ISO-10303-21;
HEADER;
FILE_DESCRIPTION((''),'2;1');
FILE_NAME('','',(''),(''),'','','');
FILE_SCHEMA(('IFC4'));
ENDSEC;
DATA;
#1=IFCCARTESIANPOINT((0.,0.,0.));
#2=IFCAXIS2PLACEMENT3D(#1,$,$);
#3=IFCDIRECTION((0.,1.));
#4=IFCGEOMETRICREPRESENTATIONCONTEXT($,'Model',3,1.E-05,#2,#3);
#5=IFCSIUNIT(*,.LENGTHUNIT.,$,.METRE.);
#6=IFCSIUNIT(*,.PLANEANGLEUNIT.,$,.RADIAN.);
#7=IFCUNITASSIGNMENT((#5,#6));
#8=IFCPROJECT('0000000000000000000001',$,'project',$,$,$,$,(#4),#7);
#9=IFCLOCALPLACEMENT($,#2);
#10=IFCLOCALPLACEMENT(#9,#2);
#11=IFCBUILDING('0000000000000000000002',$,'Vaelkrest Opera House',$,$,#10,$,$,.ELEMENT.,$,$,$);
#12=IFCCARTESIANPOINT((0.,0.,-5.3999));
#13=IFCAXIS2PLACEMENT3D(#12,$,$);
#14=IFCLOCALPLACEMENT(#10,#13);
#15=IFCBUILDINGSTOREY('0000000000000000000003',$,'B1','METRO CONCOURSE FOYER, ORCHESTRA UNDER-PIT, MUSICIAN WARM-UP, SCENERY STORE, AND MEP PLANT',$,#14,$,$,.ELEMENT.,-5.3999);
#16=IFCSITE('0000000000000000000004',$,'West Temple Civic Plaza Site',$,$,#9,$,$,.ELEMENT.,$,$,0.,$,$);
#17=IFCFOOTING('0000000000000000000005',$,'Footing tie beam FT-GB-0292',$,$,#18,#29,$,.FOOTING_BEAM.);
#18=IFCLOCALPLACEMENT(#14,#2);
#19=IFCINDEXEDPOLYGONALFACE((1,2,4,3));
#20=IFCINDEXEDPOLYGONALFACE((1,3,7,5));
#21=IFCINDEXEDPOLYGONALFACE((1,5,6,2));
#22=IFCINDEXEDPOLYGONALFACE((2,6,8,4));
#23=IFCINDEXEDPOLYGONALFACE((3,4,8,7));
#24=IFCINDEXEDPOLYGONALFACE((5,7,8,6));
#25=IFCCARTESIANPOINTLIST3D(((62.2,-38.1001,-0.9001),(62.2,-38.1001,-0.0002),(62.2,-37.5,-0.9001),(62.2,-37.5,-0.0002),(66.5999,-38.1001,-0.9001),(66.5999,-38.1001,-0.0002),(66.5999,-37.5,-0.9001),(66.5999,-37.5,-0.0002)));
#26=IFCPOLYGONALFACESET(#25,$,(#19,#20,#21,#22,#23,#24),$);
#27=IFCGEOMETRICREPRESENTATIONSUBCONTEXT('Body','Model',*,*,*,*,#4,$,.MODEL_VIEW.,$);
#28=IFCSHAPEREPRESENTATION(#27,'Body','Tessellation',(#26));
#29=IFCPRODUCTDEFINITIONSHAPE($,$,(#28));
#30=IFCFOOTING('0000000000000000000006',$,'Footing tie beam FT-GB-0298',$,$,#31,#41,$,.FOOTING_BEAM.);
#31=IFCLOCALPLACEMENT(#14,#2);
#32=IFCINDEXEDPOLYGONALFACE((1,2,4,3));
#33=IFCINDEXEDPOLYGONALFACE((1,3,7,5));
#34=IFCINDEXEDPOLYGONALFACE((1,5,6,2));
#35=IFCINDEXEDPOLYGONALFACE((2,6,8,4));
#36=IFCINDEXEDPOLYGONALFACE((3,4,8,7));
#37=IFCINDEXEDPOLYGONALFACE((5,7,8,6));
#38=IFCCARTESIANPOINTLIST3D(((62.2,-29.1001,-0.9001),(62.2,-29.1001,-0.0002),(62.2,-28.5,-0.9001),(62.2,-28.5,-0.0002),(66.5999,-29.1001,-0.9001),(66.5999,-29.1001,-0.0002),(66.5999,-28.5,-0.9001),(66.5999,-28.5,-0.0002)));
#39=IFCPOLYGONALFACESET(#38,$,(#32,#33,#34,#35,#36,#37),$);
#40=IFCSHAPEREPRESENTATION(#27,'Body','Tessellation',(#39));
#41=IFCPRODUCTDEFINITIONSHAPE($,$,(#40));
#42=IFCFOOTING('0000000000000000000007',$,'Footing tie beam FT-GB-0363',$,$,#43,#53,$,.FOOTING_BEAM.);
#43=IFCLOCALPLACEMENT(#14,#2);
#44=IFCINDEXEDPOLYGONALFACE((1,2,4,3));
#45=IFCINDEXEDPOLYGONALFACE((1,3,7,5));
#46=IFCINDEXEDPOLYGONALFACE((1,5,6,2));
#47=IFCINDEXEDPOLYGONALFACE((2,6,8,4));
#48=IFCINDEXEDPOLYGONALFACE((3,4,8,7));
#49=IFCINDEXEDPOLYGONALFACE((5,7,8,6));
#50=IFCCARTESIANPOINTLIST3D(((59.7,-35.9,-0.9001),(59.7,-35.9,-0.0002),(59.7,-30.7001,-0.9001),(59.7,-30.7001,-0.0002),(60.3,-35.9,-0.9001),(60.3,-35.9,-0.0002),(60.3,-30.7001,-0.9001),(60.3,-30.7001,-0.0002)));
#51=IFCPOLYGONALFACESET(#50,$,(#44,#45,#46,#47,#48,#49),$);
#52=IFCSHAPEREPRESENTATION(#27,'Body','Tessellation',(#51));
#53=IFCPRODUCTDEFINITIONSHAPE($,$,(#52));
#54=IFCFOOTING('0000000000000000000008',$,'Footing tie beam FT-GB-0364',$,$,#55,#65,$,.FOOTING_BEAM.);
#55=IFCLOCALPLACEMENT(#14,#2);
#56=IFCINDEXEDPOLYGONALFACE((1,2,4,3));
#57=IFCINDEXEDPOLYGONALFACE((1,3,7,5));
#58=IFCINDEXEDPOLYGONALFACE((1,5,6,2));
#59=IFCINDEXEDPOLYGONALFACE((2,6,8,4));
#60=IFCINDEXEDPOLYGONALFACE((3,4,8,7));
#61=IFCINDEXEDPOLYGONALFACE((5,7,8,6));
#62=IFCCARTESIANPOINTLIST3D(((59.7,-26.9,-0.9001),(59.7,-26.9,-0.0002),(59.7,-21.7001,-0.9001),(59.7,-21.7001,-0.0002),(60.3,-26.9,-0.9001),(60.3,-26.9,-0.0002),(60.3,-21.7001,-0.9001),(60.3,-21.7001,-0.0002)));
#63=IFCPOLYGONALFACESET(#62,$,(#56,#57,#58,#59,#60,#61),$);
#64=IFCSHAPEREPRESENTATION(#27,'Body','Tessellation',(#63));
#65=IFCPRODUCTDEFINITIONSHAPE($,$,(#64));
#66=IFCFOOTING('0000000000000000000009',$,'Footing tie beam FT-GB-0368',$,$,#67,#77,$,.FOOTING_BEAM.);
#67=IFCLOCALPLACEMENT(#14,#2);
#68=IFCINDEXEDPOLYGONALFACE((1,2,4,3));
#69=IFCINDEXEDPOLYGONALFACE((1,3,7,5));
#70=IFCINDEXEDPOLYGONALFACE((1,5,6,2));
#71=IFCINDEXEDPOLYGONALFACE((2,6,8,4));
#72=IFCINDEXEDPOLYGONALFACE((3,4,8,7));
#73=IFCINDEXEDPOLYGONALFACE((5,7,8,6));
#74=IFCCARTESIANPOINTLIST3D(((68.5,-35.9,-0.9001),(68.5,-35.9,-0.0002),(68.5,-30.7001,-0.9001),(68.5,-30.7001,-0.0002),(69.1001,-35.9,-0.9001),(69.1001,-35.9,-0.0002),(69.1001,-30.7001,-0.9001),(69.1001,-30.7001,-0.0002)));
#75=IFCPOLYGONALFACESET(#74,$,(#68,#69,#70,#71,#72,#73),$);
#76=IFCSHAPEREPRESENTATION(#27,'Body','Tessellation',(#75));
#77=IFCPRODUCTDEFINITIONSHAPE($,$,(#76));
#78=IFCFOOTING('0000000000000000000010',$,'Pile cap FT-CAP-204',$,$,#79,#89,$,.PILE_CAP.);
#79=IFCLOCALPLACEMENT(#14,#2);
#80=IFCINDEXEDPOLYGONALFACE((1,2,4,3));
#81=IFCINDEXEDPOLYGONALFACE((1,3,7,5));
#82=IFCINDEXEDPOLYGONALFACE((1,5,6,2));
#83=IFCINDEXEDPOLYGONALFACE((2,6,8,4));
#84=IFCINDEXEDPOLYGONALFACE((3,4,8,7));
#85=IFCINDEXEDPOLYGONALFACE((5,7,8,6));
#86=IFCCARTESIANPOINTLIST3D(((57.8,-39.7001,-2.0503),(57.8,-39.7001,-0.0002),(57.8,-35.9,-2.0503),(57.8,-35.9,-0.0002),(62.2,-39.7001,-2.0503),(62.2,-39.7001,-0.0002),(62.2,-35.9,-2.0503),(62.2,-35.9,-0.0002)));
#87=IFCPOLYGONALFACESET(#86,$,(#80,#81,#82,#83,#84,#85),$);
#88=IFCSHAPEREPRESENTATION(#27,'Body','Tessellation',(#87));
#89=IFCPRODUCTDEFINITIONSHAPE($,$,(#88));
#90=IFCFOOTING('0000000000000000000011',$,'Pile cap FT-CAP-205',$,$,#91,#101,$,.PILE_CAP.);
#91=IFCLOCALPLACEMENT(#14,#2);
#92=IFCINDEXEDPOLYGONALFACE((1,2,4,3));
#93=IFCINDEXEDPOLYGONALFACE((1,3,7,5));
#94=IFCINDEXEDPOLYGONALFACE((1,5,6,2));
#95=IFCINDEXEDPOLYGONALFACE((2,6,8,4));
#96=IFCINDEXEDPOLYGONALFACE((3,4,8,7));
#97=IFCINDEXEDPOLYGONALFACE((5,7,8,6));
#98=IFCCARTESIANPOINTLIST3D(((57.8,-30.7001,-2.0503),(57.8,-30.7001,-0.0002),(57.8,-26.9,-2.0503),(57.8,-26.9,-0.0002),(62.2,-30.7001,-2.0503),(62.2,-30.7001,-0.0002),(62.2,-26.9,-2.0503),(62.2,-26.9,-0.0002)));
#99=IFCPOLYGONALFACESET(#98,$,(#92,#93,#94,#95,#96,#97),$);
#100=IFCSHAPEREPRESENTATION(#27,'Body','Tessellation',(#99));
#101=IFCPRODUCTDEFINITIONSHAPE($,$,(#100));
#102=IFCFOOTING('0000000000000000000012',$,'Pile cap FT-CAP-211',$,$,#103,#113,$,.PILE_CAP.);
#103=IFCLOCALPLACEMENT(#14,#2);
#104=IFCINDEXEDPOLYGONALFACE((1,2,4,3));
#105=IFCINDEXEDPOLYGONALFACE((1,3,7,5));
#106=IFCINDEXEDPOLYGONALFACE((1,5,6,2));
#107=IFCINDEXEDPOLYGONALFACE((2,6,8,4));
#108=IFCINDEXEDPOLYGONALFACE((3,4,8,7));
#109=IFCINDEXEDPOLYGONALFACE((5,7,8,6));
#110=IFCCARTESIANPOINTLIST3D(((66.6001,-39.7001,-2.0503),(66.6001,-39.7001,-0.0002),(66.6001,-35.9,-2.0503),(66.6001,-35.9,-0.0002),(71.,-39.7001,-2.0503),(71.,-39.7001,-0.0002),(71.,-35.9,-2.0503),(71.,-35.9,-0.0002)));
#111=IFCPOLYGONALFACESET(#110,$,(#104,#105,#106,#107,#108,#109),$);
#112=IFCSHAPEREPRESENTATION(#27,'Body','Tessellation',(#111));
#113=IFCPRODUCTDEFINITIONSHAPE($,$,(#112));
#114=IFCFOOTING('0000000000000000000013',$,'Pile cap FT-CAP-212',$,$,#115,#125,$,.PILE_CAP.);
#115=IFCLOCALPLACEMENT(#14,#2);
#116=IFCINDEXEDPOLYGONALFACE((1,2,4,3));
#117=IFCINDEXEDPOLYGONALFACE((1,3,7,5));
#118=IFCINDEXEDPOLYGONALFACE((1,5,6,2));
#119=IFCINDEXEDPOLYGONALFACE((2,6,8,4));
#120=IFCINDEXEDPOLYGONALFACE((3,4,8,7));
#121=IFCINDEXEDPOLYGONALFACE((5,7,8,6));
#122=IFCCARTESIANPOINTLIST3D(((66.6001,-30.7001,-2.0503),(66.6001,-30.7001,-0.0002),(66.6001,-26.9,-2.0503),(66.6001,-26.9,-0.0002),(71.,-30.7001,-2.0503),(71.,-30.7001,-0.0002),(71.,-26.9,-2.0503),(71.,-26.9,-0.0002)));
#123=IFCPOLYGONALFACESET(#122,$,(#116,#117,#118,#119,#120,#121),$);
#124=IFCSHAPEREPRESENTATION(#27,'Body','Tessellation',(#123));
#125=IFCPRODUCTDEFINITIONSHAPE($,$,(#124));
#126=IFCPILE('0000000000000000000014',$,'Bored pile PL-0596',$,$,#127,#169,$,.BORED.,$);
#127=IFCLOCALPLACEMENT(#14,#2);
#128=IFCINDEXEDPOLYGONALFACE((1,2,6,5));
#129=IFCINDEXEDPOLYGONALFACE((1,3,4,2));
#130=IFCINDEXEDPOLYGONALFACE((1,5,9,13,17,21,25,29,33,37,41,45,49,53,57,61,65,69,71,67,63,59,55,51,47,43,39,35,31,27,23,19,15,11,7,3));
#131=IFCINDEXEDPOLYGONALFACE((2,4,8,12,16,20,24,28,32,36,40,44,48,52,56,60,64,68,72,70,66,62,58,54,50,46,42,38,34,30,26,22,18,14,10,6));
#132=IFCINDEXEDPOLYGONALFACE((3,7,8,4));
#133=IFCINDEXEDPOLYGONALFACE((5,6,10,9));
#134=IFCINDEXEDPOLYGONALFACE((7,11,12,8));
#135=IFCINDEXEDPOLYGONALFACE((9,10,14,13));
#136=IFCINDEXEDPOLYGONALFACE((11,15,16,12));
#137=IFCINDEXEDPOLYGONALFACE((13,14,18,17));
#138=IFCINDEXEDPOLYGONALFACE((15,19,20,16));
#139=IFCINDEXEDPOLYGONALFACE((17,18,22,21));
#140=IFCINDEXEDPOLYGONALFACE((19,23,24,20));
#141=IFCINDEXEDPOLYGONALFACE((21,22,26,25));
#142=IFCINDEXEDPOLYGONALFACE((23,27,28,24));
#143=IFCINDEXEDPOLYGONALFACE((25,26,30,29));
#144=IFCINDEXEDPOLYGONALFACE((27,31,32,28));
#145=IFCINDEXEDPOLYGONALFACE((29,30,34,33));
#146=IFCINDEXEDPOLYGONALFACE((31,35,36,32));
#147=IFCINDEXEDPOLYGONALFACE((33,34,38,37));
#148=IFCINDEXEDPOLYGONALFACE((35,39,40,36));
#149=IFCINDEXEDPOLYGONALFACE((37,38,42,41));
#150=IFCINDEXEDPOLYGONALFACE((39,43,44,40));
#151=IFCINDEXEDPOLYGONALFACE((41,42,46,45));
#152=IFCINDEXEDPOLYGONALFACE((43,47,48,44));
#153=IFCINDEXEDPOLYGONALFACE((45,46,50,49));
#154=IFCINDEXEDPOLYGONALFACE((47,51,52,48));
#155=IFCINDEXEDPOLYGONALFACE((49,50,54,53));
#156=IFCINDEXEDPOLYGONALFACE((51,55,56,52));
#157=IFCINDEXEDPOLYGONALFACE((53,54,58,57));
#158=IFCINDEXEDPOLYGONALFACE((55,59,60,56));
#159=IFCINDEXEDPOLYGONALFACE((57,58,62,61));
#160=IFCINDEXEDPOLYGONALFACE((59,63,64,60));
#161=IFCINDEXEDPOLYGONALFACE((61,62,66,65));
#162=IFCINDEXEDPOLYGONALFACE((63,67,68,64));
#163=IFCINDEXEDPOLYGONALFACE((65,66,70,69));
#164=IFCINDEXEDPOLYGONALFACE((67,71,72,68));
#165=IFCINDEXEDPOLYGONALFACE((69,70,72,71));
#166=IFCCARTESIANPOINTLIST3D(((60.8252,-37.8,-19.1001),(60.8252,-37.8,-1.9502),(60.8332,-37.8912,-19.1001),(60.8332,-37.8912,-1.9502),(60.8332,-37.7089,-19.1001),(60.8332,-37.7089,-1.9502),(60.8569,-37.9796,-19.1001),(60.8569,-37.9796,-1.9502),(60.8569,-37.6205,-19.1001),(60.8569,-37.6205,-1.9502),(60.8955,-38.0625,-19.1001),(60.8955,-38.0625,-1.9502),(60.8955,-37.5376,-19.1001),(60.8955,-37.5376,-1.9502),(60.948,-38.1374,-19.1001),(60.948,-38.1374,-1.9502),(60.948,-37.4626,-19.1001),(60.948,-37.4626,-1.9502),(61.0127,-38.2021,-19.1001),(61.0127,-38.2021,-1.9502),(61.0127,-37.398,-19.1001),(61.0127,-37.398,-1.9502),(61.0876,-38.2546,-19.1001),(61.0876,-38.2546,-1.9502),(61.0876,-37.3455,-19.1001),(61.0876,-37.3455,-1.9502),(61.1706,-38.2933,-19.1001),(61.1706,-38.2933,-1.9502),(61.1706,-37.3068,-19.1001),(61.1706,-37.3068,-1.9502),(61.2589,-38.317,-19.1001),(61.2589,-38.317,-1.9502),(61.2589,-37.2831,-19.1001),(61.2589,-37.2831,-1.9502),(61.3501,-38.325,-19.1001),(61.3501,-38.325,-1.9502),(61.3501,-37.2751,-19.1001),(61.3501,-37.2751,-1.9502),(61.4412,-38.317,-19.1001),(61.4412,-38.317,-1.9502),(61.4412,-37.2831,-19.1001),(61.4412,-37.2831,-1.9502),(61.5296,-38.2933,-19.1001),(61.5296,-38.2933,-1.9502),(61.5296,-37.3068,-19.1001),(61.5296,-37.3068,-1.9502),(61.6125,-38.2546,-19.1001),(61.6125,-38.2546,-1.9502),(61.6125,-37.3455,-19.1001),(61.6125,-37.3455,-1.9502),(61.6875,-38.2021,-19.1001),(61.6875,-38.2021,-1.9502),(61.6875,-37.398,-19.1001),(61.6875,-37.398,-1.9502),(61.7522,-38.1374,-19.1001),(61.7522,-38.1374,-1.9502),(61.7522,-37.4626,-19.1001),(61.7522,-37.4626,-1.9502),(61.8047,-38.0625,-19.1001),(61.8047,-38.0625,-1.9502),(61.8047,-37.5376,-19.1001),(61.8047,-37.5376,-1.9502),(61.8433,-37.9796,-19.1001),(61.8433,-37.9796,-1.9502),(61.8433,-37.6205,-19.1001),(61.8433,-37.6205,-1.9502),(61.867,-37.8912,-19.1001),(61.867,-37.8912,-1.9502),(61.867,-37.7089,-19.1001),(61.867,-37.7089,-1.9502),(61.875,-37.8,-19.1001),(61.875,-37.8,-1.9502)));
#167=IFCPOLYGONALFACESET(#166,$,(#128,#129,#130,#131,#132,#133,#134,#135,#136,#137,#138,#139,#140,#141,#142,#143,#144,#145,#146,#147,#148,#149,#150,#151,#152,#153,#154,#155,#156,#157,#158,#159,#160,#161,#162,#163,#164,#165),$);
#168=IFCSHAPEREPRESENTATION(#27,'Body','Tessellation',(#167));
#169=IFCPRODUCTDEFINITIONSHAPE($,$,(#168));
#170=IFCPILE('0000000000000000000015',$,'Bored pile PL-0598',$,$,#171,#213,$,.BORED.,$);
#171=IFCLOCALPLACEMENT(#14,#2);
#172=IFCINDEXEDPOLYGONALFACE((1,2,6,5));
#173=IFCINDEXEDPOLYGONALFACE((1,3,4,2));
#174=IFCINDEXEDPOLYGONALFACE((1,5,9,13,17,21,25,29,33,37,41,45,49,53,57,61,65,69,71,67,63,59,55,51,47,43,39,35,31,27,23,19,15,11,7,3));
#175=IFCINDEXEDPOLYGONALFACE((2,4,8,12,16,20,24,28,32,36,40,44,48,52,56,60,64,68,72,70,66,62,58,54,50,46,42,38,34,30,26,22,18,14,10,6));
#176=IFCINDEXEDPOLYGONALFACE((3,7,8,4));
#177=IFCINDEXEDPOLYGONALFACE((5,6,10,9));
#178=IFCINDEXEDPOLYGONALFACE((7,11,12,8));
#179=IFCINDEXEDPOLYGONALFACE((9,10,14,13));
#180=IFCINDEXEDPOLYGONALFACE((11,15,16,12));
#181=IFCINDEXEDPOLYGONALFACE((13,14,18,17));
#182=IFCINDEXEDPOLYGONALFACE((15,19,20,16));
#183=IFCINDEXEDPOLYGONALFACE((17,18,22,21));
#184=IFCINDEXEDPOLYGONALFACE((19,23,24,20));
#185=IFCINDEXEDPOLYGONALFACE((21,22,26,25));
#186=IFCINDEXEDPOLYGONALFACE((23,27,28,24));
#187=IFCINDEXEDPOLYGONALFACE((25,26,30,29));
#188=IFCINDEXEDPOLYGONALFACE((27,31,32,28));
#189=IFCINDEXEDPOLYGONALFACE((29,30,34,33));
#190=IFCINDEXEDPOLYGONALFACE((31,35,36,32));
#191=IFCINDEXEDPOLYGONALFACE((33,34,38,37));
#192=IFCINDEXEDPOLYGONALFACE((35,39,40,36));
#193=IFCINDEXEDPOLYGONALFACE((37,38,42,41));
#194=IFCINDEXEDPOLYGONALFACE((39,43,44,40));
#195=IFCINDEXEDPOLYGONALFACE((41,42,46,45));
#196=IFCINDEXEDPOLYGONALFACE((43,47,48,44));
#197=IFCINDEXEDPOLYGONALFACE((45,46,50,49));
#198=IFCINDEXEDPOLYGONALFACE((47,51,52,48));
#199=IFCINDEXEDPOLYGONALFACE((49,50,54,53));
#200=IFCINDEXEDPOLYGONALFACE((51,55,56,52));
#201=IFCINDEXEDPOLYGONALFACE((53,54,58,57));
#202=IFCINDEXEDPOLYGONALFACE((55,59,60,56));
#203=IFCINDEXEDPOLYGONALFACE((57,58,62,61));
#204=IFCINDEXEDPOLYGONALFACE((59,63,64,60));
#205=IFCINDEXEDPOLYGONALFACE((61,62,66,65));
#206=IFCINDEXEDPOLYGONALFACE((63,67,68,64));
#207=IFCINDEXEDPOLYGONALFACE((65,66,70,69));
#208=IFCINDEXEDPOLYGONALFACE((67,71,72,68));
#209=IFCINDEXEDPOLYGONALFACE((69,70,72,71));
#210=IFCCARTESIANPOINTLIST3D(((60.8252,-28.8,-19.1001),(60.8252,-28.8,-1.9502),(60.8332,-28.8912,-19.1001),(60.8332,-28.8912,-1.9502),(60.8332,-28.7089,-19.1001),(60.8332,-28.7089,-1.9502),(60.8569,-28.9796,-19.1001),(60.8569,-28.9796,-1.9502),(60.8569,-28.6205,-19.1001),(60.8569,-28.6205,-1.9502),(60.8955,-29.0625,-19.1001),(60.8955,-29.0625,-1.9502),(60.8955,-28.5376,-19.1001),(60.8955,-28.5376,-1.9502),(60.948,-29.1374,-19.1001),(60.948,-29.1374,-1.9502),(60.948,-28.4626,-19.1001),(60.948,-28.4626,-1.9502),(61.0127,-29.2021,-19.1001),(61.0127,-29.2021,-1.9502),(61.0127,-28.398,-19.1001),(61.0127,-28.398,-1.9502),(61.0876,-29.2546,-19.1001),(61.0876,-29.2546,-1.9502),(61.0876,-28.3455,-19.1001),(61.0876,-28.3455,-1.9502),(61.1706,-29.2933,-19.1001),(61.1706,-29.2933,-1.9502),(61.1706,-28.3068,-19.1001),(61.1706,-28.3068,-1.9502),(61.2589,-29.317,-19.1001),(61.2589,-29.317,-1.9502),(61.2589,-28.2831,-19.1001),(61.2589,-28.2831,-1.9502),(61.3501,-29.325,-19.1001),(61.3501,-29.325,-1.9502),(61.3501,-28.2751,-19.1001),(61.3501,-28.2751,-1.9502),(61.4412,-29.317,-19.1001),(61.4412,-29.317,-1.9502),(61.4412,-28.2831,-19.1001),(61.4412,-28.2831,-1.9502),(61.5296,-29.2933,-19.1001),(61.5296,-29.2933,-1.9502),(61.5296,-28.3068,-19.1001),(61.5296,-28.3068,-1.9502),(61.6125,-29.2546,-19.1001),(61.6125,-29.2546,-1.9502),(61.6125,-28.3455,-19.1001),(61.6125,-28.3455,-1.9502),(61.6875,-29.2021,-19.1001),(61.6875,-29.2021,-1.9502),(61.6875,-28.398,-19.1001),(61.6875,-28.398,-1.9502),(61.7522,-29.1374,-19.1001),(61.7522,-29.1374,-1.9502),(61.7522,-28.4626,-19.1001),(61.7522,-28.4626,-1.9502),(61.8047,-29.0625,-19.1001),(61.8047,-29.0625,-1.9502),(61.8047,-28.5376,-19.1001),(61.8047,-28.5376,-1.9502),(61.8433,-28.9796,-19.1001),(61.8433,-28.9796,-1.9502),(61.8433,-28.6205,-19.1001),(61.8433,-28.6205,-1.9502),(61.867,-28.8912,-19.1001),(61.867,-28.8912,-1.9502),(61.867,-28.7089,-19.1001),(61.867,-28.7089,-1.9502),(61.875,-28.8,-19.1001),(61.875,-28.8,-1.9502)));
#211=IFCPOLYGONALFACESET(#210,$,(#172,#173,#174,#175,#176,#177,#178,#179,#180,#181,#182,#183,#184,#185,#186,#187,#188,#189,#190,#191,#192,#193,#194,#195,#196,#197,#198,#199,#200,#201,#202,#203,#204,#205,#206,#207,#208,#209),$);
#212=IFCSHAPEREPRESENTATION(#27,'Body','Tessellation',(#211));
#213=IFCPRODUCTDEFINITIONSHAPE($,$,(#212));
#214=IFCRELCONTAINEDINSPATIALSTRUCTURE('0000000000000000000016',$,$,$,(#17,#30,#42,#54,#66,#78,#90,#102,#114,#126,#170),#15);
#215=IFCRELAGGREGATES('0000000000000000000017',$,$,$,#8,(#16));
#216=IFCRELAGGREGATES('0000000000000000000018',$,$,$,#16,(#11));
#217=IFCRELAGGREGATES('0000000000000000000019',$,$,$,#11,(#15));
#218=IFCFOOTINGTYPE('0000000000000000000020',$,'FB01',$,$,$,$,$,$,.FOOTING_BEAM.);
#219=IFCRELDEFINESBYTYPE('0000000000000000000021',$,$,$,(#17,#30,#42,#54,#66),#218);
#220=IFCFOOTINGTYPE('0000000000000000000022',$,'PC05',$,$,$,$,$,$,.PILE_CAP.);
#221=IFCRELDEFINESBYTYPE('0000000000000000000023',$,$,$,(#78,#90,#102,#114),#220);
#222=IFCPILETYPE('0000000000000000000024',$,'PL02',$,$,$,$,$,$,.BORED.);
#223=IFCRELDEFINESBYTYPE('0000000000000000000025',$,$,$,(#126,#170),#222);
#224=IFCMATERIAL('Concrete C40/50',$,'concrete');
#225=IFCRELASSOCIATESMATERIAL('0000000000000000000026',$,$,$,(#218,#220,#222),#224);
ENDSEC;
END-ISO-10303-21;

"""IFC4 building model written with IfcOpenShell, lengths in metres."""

from ifc_helpers import new_model, si_unit, direction, frame, origin, origin_2d, place, context, subcontext, project, spatial, rectangle, circle, extrude, material, material_profile, profile_set, type_object, element, save


model = new_model("IFC4")

# Units and contexts
model_context = context("Model", 3, precision=1e-05, world=origin(), true_north=direction((0.0, 1.0)))
body_context = subcontext(model_context, "Body", "Model", "MODEL_VIEW")
ifc_project = project(units=[si_unit("LENGTHUNIT", "METRE"), si_unit("PLANEANGLEUNIT", "RADIAN")], contexts=[model_context])

# Site, building, storey
site_placement = place(None, origin())
site = spatial("IfcSite", under=ifc_project, at=site_placement, Name="West Temple Civic Plaza Site", CompositionType="ELEMENT", RefElevation=0.0)
building_placement = place(site_placement, origin())
building = spatial("IfcBuilding", under=site, at=building_placement, Name="Vaelkrest Opera House", CompositionType="ELEMENT")
storey_placement = place(building_placement, frame((0.0, 0.0, -5.3999)))
storey = spatial("IfcBuildingStorey", under=building, at=storey_placement, Name="B1", Description="METRO CONCOURSE FOYER, ORCHESTRA UNDER-PIT, MUSICIAN WARM-UP, SCENERY STORE, AND MEP PLANT", CompositionType="ELEMENT", Elevation=-5.3999)

# Footings
ifc_material_1 = material(Name="Concrete C40/50", Category="concrete")
footing_type_1 = type_object("IfcFootingType", Name="FB01", PredefinedType="FOOTING_BEAM", material=ifc_material_1)
for number, where, z_axis, x_axis, name in (
    (1, (64.3999, -37.8, -0.9001), (0.0, 0.0, 1.0), (1.0, 0.0, 0.0), "Footing tie beam FT-GB-0292"),
    (2, (64.3999, -28.8, -0.9001), (0.0, 0.0, 1.0), (1.0, 0.0, 0.0), "Footing tie beam FT-GB-0298"),
):
    element("IfcFooting", number, at=place(storey_placement, frame(where, z_axis=z_axis, x_axis=x_axis)), inside=storey, type_object=footing_type_1, Name=name, PredefinedType="FOOTING_BEAM", context=body_context, shape_type="SweptSolid", body=[
        extrude(rectangle(XDim=4.3999, YDim=0.6001, at=origin_2d()), origin(), (0.0, 0.0, 1.0), 0.8999),
    ])
for number, where, z_axis, x_axis, name in (
    (3, (60.0, -33.3, -0.9001), (0.0, 0.0, 1.0), (0.0, 1.0, 0.0), "Footing tie beam FT-GB-0363"),
    (4, (60.0, -24.3, -0.9001), (0.0, 0.0, 1.0), (0.0, 1.0, 0.0), "Footing tie beam FT-GB-0364"),
    (5, (68.8, -33.3, -0.9001), (0.0, 0.0, 1.0), (0.0, 1.0, 0.0), "Footing tie beam FT-GB-0368"),
):
    element("IfcFooting", number, at=place(storey_placement, frame(where, z_axis=z_axis, x_axis=x_axis)), inside=storey, type_object=footing_type_1, Name=name, PredefinedType="FOOTING_BEAM", context=body_context, shape_type="SweptSolid", body=[
        extrude(rectangle(XDim=5.2, YDim=0.6001, at=origin_2d()), origin(), (0.0, 0.0, 1.0), 0.8999),
    ])
footing_type_2 = type_object("IfcFootingType", Name="PC05", PredefinedType="PILE_CAP", material=ifc_material_1)
for number, where, z_axis, x_axis, name in (
    (6, (60.0, -37.8, -2.0503), (0.0, 0.0, 1.0), (1.0, 0.0, 0.0), "Pile cap FT-CAP-204"),
    (7, (60.0, -28.8, -2.0503), (0.0, 0.0, 1.0), (1.0, 0.0, 0.0), "Pile cap FT-CAP-205"),
    (8, (68.8, -37.8, -2.0503), (0.0, 0.0, 1.0), (1.0, 0.0, 0.0), "Pile cap FT-CAP-211"),
    (9, (68.8, -28.8, -2.0503), (0.0, 0.0, 1.0), (1.0, 0.0, 0.0), "Pile cap FT-CAP-212"),
):
    element("IfcFooting", number, at=place(storey_placement, frame(where, z_axis=z_axis, x_axis=x_axis)), inside=storey, type_object=footing_type_2, Name=name, PredefinedType="PILE_CAP", context=body_context, shape_type="SweptSolid", body=[
        extrude(rectangle(XDim=4.3999, YDim=3.8, at=origin_2d()), origin(), (0.0, 0.0, 1.0), 2.05),
    ])

# Piles
ifc_material_profile_1 = material_profile(ifc_material_1, circle(Radius=0.5249, at=origin_2d()), Name="PILE1050")
ifc_profile_set_1 = profile_set([ifc_material_profile_1], Name="Concrete C40/50")
pile_type = type_object("IfcPileType", Name="PL02", PredefinedType="BORED", material=ifc_profile_set_1)
for number, where, z_axis, x_axis, name in (
    (10, (61.3501, -37.8, -1.9502), (0.0, 0.0, -1.0), (1.0, 0.0, 0.0), "Bored pile PL-0596"),
    (11, (61.3501, -28.8, -1.9502), (0.0, 0.0, -1.0), (1.0, 0.0, 0.0), "Bored pile PL-0598"),
):
    element("IfcPile", number, at=place(storey_placement, frame(where, z_axis=z_axis, x_axis=x_axis)), inside=storey, type_object=pile_type, Name=name, PredefinedType="BORED", context=body_context, shape_type="SweptSolid", body=[
        extrude(circle(Radius=0.5249, at=origin_2d()), origin(), (0.0, 0.0, 1.0), 17.1499),
    ])

save(model, "model.ifc")
